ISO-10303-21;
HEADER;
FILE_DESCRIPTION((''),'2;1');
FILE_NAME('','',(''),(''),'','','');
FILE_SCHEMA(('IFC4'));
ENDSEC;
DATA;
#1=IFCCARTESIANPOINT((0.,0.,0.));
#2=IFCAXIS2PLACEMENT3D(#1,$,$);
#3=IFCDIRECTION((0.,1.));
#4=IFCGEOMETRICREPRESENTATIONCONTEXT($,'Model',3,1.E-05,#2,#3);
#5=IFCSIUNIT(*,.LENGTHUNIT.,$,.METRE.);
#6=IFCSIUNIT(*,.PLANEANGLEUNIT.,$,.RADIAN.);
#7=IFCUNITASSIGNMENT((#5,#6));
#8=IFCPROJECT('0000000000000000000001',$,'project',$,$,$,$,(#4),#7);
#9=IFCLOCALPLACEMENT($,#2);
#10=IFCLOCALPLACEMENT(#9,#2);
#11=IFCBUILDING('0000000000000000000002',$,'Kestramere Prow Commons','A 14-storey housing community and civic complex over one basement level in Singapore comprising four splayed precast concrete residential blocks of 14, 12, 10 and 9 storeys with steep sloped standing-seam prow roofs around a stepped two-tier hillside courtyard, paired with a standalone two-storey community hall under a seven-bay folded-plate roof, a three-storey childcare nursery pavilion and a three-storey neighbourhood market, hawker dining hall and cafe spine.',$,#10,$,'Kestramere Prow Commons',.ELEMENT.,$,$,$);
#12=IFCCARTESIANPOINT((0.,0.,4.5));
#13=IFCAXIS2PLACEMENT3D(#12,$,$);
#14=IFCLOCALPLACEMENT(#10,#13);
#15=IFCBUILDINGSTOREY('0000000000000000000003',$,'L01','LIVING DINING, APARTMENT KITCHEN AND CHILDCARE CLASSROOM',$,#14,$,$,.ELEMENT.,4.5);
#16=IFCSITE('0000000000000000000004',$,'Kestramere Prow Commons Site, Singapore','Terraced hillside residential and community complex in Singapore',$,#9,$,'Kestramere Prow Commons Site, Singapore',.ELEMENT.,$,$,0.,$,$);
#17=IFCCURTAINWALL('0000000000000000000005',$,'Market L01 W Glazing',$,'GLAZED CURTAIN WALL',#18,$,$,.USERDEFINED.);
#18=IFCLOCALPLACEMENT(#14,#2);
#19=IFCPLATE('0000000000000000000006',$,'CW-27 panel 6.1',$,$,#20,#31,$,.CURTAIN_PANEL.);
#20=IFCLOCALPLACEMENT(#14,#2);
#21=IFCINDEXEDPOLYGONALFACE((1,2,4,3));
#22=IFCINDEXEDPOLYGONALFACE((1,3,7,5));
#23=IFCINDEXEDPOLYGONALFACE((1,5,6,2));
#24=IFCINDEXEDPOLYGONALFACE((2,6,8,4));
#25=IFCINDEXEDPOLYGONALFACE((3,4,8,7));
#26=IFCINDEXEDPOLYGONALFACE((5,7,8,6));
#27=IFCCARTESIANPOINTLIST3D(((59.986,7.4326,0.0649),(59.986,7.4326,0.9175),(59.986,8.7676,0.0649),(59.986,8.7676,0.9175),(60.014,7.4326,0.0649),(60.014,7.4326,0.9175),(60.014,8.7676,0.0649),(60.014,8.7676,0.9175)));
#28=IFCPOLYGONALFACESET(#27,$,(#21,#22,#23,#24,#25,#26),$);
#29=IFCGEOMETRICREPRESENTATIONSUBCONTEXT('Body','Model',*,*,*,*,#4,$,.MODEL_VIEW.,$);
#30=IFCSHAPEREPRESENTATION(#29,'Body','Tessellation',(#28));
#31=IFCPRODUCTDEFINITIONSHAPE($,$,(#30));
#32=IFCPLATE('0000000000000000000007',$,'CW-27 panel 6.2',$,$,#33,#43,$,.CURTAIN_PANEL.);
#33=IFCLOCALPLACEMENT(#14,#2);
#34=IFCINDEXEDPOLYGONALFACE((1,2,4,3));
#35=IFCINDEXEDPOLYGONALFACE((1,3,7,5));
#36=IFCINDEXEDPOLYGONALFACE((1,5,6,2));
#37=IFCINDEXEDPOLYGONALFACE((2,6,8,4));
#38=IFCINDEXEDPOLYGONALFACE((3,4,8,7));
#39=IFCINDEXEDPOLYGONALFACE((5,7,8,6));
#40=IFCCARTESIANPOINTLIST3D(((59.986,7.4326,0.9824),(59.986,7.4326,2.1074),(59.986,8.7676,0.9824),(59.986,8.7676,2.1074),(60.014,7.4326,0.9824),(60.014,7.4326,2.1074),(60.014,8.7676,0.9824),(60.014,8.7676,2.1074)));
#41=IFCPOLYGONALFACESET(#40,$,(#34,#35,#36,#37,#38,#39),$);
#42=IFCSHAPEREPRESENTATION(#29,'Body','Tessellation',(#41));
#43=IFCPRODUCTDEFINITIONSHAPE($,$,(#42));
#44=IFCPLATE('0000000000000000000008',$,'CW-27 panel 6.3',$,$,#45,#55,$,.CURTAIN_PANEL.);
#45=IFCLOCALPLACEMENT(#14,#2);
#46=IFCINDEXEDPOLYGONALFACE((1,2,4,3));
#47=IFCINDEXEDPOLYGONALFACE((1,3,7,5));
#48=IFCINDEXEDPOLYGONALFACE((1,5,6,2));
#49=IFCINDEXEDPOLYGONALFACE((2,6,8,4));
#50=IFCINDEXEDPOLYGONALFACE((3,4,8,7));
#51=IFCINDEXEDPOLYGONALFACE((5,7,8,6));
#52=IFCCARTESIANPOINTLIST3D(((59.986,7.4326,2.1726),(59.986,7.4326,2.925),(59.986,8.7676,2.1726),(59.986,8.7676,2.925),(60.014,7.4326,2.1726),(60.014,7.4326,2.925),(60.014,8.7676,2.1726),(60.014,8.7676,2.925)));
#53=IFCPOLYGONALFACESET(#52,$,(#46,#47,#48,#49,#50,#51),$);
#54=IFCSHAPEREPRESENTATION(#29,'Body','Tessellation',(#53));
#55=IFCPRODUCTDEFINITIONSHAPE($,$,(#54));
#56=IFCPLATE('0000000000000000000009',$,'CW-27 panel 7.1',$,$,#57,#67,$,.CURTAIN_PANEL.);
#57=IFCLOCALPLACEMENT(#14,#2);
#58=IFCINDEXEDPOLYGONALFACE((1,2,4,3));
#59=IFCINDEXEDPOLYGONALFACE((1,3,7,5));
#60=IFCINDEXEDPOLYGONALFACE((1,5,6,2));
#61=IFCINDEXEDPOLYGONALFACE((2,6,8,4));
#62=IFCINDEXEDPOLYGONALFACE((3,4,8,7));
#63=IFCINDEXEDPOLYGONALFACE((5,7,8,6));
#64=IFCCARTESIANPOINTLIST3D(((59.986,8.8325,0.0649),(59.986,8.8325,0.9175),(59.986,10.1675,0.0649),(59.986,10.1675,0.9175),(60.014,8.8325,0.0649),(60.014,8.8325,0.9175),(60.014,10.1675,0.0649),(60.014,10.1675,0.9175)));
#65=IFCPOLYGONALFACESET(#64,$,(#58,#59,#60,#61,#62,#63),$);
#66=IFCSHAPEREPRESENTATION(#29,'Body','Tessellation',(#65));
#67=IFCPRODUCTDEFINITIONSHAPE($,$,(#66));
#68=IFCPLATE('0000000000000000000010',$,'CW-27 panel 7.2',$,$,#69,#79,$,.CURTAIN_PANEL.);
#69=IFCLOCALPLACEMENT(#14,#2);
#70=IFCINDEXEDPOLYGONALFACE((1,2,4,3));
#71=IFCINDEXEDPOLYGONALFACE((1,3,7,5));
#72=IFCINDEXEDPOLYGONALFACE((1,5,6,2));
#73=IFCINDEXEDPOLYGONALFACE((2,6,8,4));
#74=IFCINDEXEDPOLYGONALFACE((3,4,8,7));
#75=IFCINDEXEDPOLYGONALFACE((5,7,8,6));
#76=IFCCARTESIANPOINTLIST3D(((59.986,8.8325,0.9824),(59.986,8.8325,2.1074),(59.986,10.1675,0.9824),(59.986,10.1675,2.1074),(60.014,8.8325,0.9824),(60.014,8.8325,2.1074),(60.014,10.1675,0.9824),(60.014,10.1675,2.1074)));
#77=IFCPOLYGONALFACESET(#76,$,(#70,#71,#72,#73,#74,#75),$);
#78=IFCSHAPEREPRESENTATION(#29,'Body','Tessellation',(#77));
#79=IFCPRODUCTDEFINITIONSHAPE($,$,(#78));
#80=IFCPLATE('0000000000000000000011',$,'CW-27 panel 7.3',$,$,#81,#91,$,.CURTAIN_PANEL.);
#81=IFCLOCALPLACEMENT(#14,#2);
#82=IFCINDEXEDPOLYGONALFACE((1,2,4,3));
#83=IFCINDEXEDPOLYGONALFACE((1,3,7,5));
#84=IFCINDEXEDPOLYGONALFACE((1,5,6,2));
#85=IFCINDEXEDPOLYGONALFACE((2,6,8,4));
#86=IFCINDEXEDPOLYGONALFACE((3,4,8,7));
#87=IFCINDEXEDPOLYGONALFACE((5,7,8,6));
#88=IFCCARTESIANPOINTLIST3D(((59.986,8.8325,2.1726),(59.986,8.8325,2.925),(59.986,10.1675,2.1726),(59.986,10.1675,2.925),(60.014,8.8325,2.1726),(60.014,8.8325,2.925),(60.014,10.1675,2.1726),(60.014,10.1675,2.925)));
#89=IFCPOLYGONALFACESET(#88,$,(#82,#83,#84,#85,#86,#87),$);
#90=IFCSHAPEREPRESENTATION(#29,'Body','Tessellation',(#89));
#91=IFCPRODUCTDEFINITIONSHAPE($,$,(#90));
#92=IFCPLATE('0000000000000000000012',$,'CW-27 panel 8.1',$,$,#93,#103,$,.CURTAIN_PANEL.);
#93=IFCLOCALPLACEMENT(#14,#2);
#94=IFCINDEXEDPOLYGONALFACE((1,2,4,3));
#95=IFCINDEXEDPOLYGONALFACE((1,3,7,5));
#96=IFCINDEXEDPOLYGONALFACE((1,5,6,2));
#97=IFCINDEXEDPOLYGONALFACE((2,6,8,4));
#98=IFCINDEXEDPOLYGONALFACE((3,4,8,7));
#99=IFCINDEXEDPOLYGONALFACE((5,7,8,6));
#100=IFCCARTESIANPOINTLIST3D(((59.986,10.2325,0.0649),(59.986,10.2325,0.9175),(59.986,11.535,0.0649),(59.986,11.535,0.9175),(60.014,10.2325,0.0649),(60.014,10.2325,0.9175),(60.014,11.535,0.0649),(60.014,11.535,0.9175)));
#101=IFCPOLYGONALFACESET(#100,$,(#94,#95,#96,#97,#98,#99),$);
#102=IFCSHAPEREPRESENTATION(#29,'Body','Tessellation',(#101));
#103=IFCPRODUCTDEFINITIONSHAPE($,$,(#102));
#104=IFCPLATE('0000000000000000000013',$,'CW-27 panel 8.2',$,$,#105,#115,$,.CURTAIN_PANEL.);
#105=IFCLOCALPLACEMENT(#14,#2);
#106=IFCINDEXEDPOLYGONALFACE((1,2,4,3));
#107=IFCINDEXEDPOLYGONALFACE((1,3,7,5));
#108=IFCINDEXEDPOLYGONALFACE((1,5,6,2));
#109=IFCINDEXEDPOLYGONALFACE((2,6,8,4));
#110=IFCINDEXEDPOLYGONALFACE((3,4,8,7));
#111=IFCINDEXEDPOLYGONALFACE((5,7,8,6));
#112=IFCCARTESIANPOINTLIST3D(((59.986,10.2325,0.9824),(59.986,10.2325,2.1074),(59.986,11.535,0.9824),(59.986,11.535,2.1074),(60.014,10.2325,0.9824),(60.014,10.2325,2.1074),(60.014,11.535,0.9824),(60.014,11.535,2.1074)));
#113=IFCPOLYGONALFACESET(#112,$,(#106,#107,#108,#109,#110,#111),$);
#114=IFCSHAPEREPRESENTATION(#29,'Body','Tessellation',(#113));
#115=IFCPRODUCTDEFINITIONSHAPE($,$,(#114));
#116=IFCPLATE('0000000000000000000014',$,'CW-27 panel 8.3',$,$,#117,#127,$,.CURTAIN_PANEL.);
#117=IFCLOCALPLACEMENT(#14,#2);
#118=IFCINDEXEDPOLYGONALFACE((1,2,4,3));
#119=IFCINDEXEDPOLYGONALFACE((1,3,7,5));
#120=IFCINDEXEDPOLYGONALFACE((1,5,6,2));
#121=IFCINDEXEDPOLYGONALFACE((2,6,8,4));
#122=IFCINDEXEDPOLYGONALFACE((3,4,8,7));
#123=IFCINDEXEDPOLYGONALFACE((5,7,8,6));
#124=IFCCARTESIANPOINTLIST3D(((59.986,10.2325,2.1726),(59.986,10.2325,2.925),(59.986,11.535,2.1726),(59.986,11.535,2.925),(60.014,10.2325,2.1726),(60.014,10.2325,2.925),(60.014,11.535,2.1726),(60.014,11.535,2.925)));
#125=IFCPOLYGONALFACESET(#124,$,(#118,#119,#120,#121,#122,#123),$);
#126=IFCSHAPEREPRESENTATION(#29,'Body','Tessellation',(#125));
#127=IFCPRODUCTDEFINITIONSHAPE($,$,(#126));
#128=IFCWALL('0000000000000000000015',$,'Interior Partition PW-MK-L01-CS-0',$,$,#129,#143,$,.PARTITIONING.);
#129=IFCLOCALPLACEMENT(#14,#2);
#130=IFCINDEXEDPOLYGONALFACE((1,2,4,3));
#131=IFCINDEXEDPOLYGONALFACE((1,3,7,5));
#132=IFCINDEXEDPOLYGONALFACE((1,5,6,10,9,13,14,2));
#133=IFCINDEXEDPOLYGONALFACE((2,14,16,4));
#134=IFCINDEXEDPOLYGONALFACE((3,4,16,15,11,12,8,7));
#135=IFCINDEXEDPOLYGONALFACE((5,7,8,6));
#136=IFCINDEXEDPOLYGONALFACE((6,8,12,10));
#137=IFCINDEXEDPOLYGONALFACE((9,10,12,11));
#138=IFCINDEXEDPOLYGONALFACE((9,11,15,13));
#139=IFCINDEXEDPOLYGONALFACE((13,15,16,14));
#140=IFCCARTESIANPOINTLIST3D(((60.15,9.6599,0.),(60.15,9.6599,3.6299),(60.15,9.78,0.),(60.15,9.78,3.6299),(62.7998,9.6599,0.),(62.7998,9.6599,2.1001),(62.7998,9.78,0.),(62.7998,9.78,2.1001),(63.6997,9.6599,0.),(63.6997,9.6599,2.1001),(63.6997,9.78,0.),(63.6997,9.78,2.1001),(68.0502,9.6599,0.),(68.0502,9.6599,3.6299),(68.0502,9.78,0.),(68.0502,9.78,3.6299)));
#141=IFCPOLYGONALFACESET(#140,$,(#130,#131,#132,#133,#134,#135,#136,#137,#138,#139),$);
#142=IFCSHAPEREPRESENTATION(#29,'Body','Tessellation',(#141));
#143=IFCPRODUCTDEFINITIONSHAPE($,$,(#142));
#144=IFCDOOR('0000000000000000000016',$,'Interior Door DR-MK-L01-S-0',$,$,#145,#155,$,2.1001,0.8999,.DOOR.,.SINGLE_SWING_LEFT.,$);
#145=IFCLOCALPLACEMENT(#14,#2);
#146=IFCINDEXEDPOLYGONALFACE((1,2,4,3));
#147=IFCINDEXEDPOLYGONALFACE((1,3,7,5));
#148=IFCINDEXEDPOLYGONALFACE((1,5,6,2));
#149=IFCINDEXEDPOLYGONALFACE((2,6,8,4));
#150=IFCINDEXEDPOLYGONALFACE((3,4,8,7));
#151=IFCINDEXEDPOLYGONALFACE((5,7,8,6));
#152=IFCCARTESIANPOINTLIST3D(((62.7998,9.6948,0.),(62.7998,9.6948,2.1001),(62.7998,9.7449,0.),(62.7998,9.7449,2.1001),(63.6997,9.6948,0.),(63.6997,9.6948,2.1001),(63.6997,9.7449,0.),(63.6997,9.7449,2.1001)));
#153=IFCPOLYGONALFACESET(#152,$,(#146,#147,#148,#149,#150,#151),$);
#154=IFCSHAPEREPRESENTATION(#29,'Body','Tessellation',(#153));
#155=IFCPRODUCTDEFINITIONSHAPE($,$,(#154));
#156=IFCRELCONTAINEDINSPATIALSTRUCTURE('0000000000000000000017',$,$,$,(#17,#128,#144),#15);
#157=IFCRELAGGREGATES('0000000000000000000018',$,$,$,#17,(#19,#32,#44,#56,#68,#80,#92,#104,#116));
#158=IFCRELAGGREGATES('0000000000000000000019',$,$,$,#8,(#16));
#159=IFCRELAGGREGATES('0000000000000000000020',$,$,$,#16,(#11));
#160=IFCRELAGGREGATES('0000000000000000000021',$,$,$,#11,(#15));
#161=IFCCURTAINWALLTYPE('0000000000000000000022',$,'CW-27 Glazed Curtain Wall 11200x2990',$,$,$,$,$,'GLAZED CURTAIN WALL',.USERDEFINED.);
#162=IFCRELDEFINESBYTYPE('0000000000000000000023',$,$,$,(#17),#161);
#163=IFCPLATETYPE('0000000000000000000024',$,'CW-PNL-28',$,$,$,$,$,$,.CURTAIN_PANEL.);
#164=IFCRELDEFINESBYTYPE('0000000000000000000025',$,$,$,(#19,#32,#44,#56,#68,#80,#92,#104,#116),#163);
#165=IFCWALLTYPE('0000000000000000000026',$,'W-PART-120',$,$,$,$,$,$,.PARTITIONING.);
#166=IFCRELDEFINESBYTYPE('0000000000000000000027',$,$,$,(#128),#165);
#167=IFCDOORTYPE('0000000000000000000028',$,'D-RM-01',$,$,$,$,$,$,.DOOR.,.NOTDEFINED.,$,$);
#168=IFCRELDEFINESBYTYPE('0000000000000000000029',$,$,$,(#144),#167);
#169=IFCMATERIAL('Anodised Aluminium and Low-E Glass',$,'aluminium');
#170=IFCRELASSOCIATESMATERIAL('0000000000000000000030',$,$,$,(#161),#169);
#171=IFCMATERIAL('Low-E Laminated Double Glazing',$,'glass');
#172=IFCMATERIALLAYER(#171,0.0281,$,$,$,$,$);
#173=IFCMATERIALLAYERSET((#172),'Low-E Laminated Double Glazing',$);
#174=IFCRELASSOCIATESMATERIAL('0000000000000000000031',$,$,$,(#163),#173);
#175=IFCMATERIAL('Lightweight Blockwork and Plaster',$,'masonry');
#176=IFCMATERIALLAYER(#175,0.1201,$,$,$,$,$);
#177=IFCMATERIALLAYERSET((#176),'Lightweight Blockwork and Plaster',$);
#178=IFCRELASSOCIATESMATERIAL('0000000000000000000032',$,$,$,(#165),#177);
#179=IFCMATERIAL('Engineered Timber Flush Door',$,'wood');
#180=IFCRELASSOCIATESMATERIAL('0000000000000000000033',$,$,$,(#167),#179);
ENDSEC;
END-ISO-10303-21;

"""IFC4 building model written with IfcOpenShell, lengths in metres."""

from ifc_helpers import new_model, si_unit, direction, frame, frame_2d, origin, origin_2d, place, context, subcontext, project, spatial, rectangle, extrude, material, layer, layer_set, type_object, element, fill, aggregate, save


model = new_model("IFC4")

# Units and contexts
model_context = context("Model", 3, precision=1e-05, world=origin(), true_north=direction((0.0, 1.0)))
body_context = subcontext(model_context, "Body", "Model", "MODEL_VIEW")
ifc_project = project(units=[si_unit("LENGTHUNIT", "METRE"), si_unit("PLANEANGLEUNIT", "RADIAN")], contexts=[model_context])

# Site, building, storey
site_placement = place(None, origin())
site = spatial("IfcSite", under=ifc_project, at=site_placement, Name="Kestramere Prow Commons Site, Singapore", Description="Terraced hillside residential and community complex in Singapore", LongName="Kestramere Prow Commons Site, Singapore", CompositionType="ELEMENT", RefElevation=0.0)
building_placement = place(site_placement, origin())
building = spatial("IfcBuilding", under=site, at=building_placement, Name="Kestramere Prow Commons", Description="A 14-storey housing community and civic complex over one basement level in Singapore comprising four splayed precast concrete residential blocks of 14, 12, 10 and 9 storeys with steep sloped standing-seam prow roofs around a stepped two-tier hillside courtyard, paired with a standalone two-storey community hall under a seven-bay folded-plate roof, a three-storey childcare nursery pavilion and a three-storey neighbourhood market, hawker dining hall and cafe spine.", LongName="Kestramere Prow Commons", CompositionType="ELEMENT")
storey_placement = place(building_placement, frame((0.0, 0.0, 4.5)))
storey = spatial("IfcBuildingStorey", under=building, at=storey_placement, Name="L01", Description="LIVING DINING, APARTMENT KITCHEN AND CHILDCARE CLASSROOM", CompositionType="ELEMENT", Elevation=4.5)

# Curtain wall, plates
ifc_material_1 = material(Name="Anodised Aluminium and Low-E Glass", Category="aluminium")
curtain_wall_type = type_object("IfcCurtainWallType", Name="CW-27 Glazed Curtain Wall 11200x2990", ElementType="GLAZED CURTAIN WALL", PredefinedType="USERDEFINED", material=ifc_material_1)
curtain_wall_placement = place(storey_placement, origin())
curtain_wall = element("IfcCurtainWall", 1, at=curtain_wall_placement, inside=storey, type_object=curtain_wall_type, Name="Market L01 W Glazing", ObjectType="GLAZED CURTAIN WALL", PredefinedType="USERDEFINED")
ifc_material_2 = material(Name="Low-E Laminated Double Glazing", Category="glass")
ifc_layer_1 = layer(ifc_material_2, 0.0281)
ifc_layer_set_1 = layer_set([ifc_layer_1], Name="Low-E Laminated Double Glazing")
plate_type = type_object("IfcPlateType", Name="CW-PNL-28", PredefinedType="CURTAIN_PANEL", material=ifc_layer_set_1)
plate_1_placement = place(storey_placement, frame((60.0, 8.1001, 0.0649), z_axis=(0.0, 0.0, 1.0), x_axis=(0.0, 1.0, 0.0)))
plate_1 = element("IfcPlate", 2, at=plate_1_placement, type_object=plate_type, Name="CW-27 panel 6.1", PredefinedType="CURTAIN_PANEL", context=body_context, shape_type="SweptSolid", body=[
    extrude(rectangle(XDim=1.335, YDim=0.0281, at=origin_2d()), origin(), (0.0, 0.0, 1.0), 0.8525),
])
plate_2_placement = place(storey_placement, frame((60.0, 8.1001, 0.9824), z_axis=(0.0, 0.0, 1.0), x_axis=(0.0, 1.0, 0.0)))
plate_2 = element("IfcPlate", 3, at=plate_2_placement, type_object=plate_type, Name="CW-27 panel 6.2", PredefinedType="CURTAIN_PANEL", context=body_context, shape_type="SweptSolid", body=[
    extrude(rectangle(XDim=1.335, YDim=0.0281, at=origin_2d()), origin(), (0.0, 0.0, 1.0), 1.125),
])
plate_3_placement = place(storey_placement, frame((60.0, 8.1001, 2.1726), z_axis=(0.0, 0.0, 1.0), x_axis=(0.0, 1.0, 0.0)))
plate_3 = element("IfcPlate", 4, at=plate_3_placement, type_object=plate_type, Name="CW-27 panel 6.3", PredefinedType="CURTAIN_PANEL", context=body_context, shape_type="SweptSolid", body=[
    extrude(rectangle(XDim=1.335, YDim=0.0281, at=origin_2d()), origin(), (0.0, 0.0, 1.0), 0.7524),
])
plate_4_placement = place(storey_placement, frame((60.0, 9.5, 0.0649), z_axis=(0.0, 0.0, 1.0), x_axis=(0.0, 1.0, 0.0)))
plate_4 = element("IfcPlate", 5, at=plate_4_placement, type_object=plate_type, Name="CW-27 panel 7.1", PredefinedType="CURTAIN_PANEL", context=body_context, shape_type="SweptSolid", body=[
    extrude(rectangle(XDim=1.335, YDim=0.0281, at=origin_2d()), origin(), (0.0, 0.0, 1.0), 0.8525),
])
plate_5_placement = place(storey_placement, frame((60.0, 9.5, 0.9824), z_axis=(0.0, 0.0, 1.0), x_axis=(0.0, 1.0, 0.0)))
plate_5 = element("IfcPlate", 6, at=plate_5_placement, type_object=plate_type, Name="CW-27 panel 7.2", PredefinedType="CURTAIN_PANEL", context=body_context, shape_type="SweptSolid", body=[
    extrude(rectangle(XDim=1.335, YDim=0.0281, at=origin_2d()), origin(), (0.0, 0.0, 1.0), 1.125),
])
plate_6_placement = place(storey_placement, frame((60.0, 9.5, 2.1726), z_axis=(0.0, 0.0, 1.0), x_axis=(0.0, 1.0, 0.0)))
plate_6 = element("IfcPlate", 7, at=plate_6_placement, type_object=plate_type, Name="CW-27 panel 7.3", PredefinedType="CURTAIN_PANEL", context=body_context, shape_type="SweptSolid", body=[
    extrude(rectangle(XDim=1.335, YDim=0.0281, at=origin_2d()), origin(), (0.0, 0.0, 1.0), 0.7524),
])
plate_7_placement = place(storey_placement, frame((60.0, 10.8838, 0.0649), z_axis=(0.0, 0.0, 1.0), x_axis=(0.0, 1.0, 0.0)))
plate_7 = element("IfcPlate", 8, at=plate_7_placement, type_object=plate_type, Name="CW-27 panel 8.1", PredefinedType="CURTAIN_PANEL", context=body_context, shape_type="SweptSolid", body=[
    extrude(rectangle(XDim=1.3025, YDim=0.0281, at=origin_2d()), origin(), (0.0, 0.0, 1.0), 0.8525),
])
plate_8_placement = place(storey_placement, frame((60.0, 10.8838, 0.9824), z_axis=(0.0, 0.0, 1.0), x_axis=(0.0, 1.0, 0.0)))
plate_8 = element("IfcPlate", 9, at=plate_8_placement, type_object=plate_type, Name="CW-27 panel 8.2", PredefinedType="CURTAIN_PANEL", context=body_context, shape_type="SweptSolid", body=[
    extrude(rectangle(XDim=1.3025, YDim=0.0281, at=origin_2d()), origin(), (0.0, 0.0, 1.0), 1.125),
])
plate_9_placement = place(storey_placement, frame((60.0, 10.8838, 2.1726), z_axis=(0.0, 0.0, 1.0), x_axis=(0.0, 1.0, 0.0)))
plate_9 = element("IfcPlate", 10, at=plate_9_placement, type_object=plate_type, Name="CW-27 panel 8.3", PredefinedType="CURTAIN_PANEL", context=body_context, shape_type="SweptSolid", body=[
    extrude(rectangle(XDim=1.3025, YDim=0.0281, at=origin_2d()), origin(), (0.0, 0.0, 1.0), 0.7524),
])
aggregate(curtain_wall, [plate_1, plate_2, plate_3, plate_4, plate_5, plate_6, plate_7, plate_8, plate_9])

# Wall, opening, door
ifc_material_3 = material(Name="Lightweight Blockwork and Plaster", Category="masonry")
ifc_layer_2 = layer(ifc_material_3, 0.1201)
ifc_layer_set_2 = layer_set([ifc_layer_2], Name="Lightweight Blockwork and Plaster")
wall_type = type_object("IfcWallType", Name="W-PART-120", PredefinedType="PARTITIONING", material=ifc_layer_set_2)
wall_placement = place(storey_placement, frame((60.1499, 9.72, 0.0), z_axis=(0.0, 0.0, 1.0), x_axis=(1.0, 0.0, 0.0)))
wall = element("IfcWall", 11, at=wall_placement, inside=storey, type_object=wall_type, Name="Interior Partition PW-MK-L01-CS-0", PredefinedType="PARTITIONING", context=body_context, shape_type="SweptSolid", body=[
    extrude(rectangle(XDim=7.9001, YDim=0.1201, at=frame_2d((3.9502, 0.0))), origin(), (0.0, 0.0, 1.0), 3.6299),
])
opening_placement = place(wall_placement, frame((2.6499, 0.0, 0.0)))
opening = element("IfcOpeningElement", 12, at=opening_placement, cuts=wall, PredefinedType="OPENING", context=body_context, shape_type="SweptSolid", body=[
    extrude(rectangle(XDim=0.8999, YDim=2.1001, at=frame_2d((0.45, 1.05))), frame((0.0, 0.075, 0.0), z_axis=(0.0, -1.0, 0.0), x_axis=(1.0, 0.0, 0.0)), (0.0, 0.0, 1.0), 0.1501),
])
ifc_material_4 = material(Name="Engineered Timber Flush Door", Category="wood")
door_type = type_object("IfcDoorType", Name="D-RM-01", OperationType="NOTDEFINED", PredefinedType="DOOR", material=ifc_material_4)
door_placement = place(opening_placement, origin())
door = element("IfcDoor", 13, at=door_placement, inside=storey, type_object=door_type, Name="Interior Door DR-MK-L01-S-0", OperationType="SINGLE_SWING_LEFT", OverallHeight=2.1001, OverallWidth=0.8999, PredefinedType="DOOR", context=body_context, shape_type="SweptSolid", body=[
    extrude(rectangle(XDim=0.8999, YDim=2.1001, at=frame_2d((0.45, 1.05))), frame((0.0, 0.0249, 0.0), z_axis=(0.0, -1.0, 0.0), x_axis=(1.0, 0.0, 0.0)), (0.0, 0.0, 1.0), 0.05),
])
fill(opening, door)

save(model, "model.ifc")
